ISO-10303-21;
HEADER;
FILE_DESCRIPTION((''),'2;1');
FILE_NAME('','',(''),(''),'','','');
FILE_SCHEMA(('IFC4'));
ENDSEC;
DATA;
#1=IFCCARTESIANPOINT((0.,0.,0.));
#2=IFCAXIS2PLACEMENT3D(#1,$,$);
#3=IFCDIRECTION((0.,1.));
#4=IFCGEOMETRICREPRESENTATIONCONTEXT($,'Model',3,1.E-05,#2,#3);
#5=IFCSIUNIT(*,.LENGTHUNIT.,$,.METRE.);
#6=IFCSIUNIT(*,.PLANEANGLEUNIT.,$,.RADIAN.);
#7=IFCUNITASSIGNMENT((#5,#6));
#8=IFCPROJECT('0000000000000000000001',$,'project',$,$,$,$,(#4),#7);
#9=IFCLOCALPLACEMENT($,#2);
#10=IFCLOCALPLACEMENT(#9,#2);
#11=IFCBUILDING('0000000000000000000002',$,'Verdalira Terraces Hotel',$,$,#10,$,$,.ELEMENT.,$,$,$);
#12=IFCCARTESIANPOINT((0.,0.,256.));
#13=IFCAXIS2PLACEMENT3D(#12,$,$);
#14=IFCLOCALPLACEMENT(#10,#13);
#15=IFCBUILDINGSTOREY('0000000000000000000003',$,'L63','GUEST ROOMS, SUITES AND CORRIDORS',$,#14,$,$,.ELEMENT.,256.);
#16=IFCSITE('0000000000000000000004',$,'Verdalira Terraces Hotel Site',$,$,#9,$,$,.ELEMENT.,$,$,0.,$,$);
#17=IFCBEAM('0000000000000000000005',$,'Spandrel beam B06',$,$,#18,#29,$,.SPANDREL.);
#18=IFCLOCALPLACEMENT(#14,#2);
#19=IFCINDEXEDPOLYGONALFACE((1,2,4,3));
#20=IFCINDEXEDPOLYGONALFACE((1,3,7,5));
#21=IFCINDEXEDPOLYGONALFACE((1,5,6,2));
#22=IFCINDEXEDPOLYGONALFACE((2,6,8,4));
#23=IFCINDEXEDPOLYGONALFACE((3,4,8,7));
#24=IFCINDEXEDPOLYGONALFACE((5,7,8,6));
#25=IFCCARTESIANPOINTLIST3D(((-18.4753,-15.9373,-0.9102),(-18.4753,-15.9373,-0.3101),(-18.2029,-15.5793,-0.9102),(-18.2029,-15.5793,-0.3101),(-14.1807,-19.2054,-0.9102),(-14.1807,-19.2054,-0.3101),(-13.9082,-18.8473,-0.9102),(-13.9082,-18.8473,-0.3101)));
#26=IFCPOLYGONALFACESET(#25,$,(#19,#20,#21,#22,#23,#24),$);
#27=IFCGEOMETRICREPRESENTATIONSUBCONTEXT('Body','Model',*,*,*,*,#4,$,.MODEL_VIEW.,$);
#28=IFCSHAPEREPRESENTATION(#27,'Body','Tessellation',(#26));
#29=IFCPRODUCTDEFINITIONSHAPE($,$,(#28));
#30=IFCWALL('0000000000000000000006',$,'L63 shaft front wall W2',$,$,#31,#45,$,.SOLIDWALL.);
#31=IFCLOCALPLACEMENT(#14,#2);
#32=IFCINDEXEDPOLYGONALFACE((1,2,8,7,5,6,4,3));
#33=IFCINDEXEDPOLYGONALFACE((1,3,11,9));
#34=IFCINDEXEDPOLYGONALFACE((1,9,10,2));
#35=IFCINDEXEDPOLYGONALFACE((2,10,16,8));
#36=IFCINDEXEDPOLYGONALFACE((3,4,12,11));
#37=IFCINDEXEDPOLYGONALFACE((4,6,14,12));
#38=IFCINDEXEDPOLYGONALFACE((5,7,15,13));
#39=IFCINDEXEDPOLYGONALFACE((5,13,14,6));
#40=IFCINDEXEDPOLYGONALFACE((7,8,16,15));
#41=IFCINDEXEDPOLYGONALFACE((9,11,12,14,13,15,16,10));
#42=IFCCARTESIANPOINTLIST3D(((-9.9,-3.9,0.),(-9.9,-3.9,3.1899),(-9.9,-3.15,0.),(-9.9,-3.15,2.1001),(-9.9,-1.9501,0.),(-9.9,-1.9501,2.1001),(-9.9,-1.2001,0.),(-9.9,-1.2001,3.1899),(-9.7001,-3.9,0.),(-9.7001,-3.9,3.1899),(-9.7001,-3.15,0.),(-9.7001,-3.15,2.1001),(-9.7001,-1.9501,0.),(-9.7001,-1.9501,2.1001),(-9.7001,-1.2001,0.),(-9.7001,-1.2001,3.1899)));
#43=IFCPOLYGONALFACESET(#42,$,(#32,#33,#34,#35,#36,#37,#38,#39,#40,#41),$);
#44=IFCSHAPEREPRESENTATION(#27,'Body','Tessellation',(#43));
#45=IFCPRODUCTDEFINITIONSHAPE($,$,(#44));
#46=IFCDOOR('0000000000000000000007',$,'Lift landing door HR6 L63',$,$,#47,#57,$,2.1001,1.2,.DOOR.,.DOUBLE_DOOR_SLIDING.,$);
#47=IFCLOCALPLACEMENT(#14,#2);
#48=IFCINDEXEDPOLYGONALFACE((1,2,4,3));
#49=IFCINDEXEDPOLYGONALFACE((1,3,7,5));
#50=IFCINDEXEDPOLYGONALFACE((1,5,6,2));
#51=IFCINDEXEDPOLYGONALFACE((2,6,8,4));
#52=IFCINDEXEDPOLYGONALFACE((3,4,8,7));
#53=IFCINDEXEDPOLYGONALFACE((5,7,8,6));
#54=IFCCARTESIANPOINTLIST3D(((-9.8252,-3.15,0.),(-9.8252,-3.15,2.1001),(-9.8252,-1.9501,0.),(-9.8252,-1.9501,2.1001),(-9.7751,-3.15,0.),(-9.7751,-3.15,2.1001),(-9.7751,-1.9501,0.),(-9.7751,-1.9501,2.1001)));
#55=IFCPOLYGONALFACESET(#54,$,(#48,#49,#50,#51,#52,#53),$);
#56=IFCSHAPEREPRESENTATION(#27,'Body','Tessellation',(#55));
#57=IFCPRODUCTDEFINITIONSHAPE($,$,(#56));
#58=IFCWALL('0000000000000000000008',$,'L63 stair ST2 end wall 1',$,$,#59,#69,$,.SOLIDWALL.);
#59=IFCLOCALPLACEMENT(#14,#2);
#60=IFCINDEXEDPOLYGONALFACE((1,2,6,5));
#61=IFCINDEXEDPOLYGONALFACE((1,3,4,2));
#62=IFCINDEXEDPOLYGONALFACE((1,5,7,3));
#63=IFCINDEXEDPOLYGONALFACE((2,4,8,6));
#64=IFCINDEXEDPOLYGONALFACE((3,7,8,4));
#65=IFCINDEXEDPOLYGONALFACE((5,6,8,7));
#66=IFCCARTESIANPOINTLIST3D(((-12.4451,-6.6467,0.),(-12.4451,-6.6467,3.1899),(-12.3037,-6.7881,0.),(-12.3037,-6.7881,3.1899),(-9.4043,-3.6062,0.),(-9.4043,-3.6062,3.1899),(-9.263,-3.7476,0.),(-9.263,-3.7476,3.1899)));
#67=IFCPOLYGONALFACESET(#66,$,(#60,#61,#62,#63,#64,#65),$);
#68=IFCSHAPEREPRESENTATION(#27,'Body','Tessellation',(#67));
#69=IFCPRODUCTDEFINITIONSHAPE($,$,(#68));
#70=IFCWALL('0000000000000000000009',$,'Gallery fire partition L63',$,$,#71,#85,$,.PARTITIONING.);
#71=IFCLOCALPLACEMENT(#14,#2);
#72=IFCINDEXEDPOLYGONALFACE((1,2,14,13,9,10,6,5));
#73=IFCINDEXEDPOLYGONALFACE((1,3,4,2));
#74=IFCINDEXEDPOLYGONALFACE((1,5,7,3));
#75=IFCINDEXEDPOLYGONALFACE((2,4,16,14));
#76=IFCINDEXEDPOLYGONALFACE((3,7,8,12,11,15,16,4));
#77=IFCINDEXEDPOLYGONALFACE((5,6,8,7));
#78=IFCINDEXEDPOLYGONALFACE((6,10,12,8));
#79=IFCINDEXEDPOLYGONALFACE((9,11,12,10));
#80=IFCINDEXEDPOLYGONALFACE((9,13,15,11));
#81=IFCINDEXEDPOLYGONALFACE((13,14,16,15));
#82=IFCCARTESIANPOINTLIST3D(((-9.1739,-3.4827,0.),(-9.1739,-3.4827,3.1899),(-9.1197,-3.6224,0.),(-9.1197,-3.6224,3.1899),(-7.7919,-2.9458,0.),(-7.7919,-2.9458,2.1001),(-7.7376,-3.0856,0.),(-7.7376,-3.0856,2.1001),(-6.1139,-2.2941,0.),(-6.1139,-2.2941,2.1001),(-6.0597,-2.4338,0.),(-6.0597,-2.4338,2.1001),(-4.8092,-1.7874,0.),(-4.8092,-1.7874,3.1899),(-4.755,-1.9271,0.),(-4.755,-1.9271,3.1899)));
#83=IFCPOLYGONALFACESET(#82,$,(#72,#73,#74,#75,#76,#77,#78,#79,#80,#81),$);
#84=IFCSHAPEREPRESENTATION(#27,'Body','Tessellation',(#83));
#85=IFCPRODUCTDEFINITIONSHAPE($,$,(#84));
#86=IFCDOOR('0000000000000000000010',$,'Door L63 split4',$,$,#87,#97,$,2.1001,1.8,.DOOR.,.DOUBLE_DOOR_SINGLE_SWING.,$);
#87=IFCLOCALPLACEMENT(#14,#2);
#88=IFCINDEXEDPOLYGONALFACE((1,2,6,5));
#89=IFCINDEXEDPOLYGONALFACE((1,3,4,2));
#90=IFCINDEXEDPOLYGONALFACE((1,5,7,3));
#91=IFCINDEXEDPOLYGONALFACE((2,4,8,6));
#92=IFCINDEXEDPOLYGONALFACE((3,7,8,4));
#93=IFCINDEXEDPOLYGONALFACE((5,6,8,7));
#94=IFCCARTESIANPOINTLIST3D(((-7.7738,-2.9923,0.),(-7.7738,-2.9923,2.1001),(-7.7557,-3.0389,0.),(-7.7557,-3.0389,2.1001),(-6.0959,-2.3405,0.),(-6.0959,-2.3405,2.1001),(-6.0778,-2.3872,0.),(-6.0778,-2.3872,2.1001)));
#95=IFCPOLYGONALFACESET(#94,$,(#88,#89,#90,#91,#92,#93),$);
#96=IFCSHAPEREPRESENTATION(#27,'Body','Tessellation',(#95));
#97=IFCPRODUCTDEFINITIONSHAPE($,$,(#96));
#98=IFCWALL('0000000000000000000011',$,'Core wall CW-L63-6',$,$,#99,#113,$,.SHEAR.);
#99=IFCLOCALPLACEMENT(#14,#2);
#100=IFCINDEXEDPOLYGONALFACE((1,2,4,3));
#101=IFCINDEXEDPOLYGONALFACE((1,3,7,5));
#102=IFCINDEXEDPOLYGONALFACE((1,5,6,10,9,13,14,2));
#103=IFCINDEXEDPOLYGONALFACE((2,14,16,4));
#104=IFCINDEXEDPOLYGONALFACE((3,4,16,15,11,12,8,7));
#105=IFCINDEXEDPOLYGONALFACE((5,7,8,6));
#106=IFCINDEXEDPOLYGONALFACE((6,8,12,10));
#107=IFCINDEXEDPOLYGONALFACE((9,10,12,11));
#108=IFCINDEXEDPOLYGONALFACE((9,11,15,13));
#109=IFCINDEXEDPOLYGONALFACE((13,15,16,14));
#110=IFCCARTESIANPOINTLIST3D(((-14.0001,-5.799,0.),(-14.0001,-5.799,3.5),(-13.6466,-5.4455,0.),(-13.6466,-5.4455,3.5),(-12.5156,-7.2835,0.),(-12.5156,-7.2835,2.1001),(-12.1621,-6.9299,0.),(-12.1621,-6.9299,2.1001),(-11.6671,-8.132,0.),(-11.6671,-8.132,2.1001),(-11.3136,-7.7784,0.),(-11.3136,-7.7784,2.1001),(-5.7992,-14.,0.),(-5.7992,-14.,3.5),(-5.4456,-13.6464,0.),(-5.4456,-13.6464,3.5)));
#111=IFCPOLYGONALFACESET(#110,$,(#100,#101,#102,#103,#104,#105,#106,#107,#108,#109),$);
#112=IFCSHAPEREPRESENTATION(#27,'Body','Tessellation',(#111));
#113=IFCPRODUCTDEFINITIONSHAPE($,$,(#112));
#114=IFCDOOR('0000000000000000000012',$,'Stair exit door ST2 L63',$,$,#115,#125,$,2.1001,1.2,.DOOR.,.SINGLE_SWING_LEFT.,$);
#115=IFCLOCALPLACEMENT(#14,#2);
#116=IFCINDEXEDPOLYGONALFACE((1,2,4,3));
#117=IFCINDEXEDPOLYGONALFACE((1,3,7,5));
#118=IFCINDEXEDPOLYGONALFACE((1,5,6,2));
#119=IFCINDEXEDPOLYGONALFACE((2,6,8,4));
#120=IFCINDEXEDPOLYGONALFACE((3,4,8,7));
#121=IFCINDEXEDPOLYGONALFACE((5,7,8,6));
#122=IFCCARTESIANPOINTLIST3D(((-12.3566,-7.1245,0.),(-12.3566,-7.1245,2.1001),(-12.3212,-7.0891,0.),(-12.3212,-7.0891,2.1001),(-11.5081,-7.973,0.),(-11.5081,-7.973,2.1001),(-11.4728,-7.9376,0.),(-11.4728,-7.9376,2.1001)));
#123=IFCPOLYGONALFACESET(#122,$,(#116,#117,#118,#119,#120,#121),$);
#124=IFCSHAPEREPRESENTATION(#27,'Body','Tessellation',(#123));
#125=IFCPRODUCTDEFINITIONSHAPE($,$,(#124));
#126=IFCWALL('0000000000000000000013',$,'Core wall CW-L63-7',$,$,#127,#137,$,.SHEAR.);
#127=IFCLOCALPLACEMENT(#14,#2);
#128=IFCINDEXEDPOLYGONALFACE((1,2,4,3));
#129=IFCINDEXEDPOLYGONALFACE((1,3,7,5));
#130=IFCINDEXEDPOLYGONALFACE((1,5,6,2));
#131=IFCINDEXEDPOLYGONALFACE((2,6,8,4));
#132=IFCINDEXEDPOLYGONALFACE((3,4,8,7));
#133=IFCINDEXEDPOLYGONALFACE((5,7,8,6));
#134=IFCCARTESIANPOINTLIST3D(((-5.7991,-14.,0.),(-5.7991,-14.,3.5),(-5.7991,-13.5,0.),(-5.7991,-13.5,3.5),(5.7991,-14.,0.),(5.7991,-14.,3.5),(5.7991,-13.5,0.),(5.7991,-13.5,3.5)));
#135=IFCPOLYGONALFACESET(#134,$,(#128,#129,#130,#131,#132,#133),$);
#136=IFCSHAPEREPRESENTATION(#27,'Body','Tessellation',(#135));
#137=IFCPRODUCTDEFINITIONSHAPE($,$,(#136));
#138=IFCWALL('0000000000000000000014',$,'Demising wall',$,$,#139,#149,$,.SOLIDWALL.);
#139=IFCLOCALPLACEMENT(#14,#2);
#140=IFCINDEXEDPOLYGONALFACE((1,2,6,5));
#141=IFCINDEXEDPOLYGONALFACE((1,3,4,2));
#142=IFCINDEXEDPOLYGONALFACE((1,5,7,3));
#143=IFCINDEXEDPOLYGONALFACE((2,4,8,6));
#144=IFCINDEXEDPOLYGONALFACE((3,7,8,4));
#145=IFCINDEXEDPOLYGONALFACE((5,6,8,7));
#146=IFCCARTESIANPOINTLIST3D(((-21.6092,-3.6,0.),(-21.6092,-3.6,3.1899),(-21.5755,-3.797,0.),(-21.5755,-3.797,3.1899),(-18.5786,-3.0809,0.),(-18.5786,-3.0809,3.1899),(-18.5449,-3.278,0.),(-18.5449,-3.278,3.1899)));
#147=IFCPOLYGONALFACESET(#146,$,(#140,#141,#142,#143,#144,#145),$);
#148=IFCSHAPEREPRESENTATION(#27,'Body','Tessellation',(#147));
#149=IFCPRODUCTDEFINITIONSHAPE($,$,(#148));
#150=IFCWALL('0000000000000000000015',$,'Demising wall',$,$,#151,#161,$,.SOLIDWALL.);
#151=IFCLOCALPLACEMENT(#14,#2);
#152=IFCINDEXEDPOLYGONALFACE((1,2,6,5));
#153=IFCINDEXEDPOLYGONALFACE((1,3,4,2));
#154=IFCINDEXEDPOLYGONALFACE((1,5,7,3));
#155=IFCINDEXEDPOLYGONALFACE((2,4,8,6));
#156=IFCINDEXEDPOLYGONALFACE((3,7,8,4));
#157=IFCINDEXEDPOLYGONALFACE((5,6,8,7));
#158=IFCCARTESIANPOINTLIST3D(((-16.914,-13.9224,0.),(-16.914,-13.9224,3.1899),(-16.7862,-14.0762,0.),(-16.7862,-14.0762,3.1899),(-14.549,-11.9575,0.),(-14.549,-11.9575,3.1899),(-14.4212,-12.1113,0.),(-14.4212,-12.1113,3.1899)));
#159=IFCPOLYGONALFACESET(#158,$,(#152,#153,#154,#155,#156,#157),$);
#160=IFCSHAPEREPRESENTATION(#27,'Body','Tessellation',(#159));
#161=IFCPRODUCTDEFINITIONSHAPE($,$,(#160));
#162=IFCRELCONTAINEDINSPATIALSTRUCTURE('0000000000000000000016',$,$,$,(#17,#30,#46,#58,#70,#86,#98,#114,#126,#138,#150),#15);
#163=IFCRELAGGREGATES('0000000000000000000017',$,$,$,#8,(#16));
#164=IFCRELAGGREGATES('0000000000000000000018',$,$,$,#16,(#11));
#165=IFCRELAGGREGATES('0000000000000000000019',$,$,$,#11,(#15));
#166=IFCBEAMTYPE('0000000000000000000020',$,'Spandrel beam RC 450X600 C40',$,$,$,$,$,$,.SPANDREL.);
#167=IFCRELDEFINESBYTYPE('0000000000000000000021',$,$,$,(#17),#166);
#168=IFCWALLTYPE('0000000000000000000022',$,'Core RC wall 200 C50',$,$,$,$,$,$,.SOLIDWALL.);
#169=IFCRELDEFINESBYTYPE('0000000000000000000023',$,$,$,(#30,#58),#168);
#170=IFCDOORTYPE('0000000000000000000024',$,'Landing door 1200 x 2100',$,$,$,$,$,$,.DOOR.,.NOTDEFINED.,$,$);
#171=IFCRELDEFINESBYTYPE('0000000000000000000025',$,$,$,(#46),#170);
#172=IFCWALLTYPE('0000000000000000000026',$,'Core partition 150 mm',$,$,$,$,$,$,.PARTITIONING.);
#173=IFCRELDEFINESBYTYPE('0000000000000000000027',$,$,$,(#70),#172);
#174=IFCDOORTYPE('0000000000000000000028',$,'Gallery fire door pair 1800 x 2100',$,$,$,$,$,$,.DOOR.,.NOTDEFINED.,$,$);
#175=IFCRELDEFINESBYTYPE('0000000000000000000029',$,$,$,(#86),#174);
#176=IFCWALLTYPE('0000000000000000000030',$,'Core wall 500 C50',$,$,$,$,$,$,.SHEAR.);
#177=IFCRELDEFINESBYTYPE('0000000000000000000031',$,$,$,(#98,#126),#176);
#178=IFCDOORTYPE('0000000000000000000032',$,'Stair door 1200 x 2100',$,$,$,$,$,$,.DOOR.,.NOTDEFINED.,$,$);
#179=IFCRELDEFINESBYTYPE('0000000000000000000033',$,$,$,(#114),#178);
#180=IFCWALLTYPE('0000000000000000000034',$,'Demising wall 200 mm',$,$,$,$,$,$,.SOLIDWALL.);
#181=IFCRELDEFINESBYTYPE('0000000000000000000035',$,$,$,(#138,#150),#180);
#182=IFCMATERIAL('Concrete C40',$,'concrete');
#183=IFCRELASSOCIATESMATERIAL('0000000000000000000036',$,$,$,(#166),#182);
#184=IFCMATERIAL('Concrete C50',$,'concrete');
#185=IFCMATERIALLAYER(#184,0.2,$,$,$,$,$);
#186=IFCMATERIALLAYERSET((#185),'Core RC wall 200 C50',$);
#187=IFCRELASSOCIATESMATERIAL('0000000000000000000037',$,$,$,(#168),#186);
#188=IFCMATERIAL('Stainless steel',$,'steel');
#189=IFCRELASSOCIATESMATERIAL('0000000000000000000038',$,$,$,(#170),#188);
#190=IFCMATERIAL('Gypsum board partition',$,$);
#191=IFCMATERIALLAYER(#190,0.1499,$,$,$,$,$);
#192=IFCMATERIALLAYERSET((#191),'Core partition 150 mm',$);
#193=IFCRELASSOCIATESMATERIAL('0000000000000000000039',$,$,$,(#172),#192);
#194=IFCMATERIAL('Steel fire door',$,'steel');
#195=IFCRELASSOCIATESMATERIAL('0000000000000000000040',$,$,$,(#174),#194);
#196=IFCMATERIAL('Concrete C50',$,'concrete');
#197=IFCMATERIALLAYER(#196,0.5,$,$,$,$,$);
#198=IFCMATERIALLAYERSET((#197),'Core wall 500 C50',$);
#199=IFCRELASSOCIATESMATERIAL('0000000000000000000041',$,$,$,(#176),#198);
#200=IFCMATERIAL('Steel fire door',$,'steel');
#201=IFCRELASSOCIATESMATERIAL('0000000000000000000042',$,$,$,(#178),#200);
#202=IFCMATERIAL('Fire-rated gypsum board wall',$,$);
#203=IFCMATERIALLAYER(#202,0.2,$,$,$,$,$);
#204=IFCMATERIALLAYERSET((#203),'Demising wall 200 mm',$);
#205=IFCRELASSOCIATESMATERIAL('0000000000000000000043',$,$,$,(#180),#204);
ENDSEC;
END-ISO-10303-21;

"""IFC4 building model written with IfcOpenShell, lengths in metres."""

from ifc_helpers import new_model, si_unit, direction, frame, frame_2d, origin, origin_2d, place, context, subcontext, project, spatial, rectangle, extrude, material, layer, layer_set, material_profile, profile_set, type_object, element, fill, save


model = new_model("IFC4")

# Units and contexts
model_context = context("Model", 3, precision=1e-05, world=origin(), true_north=direction((0.0, 1.0)))
body_context = subcontext(model_context, "Body", "Model", "MODEL_VIEW")
ifc_project = project(units=[si_unit("LENGTHUNIT", "METRE"), si_unit("PLANEANGLEUNIT", "RADIAN")], contexts=[model_context])

# Site, building, storey
site_placement = place(None, origin())
site = spatial("IfcSite", under=ifc_project, at=site_placement, Name="Verdalira Terraces Hotel Site", CompositionType="ELEMENT", RefElevation=0.0)
building_placement = place(site_placement, origin())
building = spatial("IfcBuilding", under=site, at=building_placement, Name="Verdalira Terraces Hotel", CompositionType="ELEMENT")
storey_placement = place(building_placement, frame((0.0, 0.0, 256.0)))
storey = spatial("IfcBuildingStorey", under=building, at=storey_placement, Name="L63", Description="GUEST ROOMS, SUITES AND CORRIDORS", CompositionType="ELEMENT", Elevation=256.0)

# Beam
ifc_material_1 = material(Name="Concrete C40", Category="concrete")
ifc_material_profile = material_profile(ifc_material_1, rectangle(XDim=0.45, YDim=0.6001, at=origin_2d()), Name="RC 450X600")
ifc_profile_set = profile_set([ifc_material_profile], Name="Concrete C40")
beam_type = type_object("IfcBeamType", Name="Spandrel beam RC 450X600 C40", PredefinedType="SPANDREL", material=ifc_profile_set)
beam_placement = place(storey_placement, frame((-18.3391, -15.7583, -0.6101), z_axis=(0.795795, -0.605566, 0.0), x_axis=(0.605566, 0.795795, 0.0)))
element("IfcBeam", 1, at=beam_placement, inside=storey, type_object=beam_type, Name="Spandrel beam B06", PredefinedType="SPANDREL", context=body_context, shape_type="SweptSolid", body=[
    extrude(rectangle(XDim=0.45, YDim=0.6001, at=origin_2d()), origin(), (0.0, 0.0, 1.0), 5.3967),
])

# Wall, opening, door
ifc_material_2 = material(Name="Concrete C50", Category="concrete")
ifc_layer_1 = layer(ifc_material_2, 0.2)
ifc_layer_set_1 = layer_set([ifc_layer_1], Name="Core RC wall 200 C50")
wall_type_1 = type_object("IfcWallType", Name="Core RC wall 200 C50", PredefinedType="SOLIDWALL", material=ifc_layer_set_1)
wall_1_placement = place(storey_placement, frame((-9.8, -1.2, 0.0), z_axis=(0.0, 0.0, 1.0), x_axis=(0.0, -1.0, 0.0)))
wall_1 = element("IfcWall", 2, at=wall_1_placement, inside=storey, type_object=wall_type_1, Name="L63 shaft front wall W2", PredefinedType="SOLIDWALL", context=body_context, shape_type="SweptSolid", body=[
    extrude(rectangle(XDim=2.7, YDim=0.2, at=frame_2d((1.3501, 0.0))), origin(), (0.0, 0.0, 1.0), 3.1899),
])
opening_1_placement = place(wall_1_placement, frame((0.75, 0.0, 0.0)))
opening_1 = element("IfcOpeningElement", 3, at=opening_1_placement, cuts=wall_1, PredefinedType="OPENING", context=body_context, shape_type="SweptSolid", body=[
    extrude(rectangle(XDim=1.2, YDim=2.1001, at=frame_2d((0.6001, 1.05))), frame((0.0, 0.1099, 0.0), z_axis=(0.0, -1.0, 0.0), x_axis=(1.0, 0.0, 0.0)), (0.0, 0.0, 1.0), 0.22),
])
ifc_material_3 = material(Name="Stainless steel", Category="steel")
door_type_1 = type_object("IfcDoorType", Name="Landing door 1200 x 2100", OperationType="NOTDEFINED", PredefinedType="DOOR", material=ifc_material_3)
door_1_placement = place(opening_1_placement, origin())
door_1 = element("IfcDoor", 4, at=door_1_placement, inside=storey, type_object=door_type_1, Name="Lift landing door HR6 L63", OperationType="DOUBLE_DOOR_SLIDING", OverallHeight=2.1001, OverallWidth=1.2, PredefinedType="DOOR", context=body_context, shape_type="SweptSolid", body=[
    extrude(rectangle(XDim=1.2, YDim=2.1001, at=frame_2d((0.6001, 1.05))), frame((0.0, 0.0249, 0.0), z_axis=(0.0, -1.0, 0.0), x_axis=(1.0, 0.0, 0.0)), (0.0, 0.0, 1.0), 0.05),
])
fill(opening_1, door_1)

# Wall
wall_2_placement = place(storey_placement, frame((-9.3337, -3.677, 0.0), z_axis=(0.0, 0.0, 1.0), x_axis=(-0.707135, -0.707078, 0.0)))
element("IfcWall", 5, at=wall_2_placement, inside=storey, type_object=wall_type_1, Name="L63 stair ST2 end wall 1", PredefinedType="SOLIDWALL", context=body_context, shape_type="SweptSolid", body=[
    extrude(rectangle(XDim=4.3, YDim=0.2, at=frame_2d((2.1499, 0.0))), origin(), (0.0, 0.0, 1.0), 3.1899),
])

# Walls, openings, doors
ifc_material_4 = material(Name="Gypsum board partition")
ifc_layer_2 = layer(ifc_material_4, 0.1499)
ifc_layer_set_2 = layer_set([ifc_layer_2], Name="Core partition 150 mm")
wall_type_2 = type_object("IfcWallType", Name="Core partition 150 mm", PredefinedType="PARTITIONING", material=ifc_layer_set_2)
wall_3_placement = place(storey_placement, frame((-4.782, -1.8572, 0.0), z_axis=(0.0, 0.0, 1.0), x_axis=(-0.932155, -0.362059, 0.0)))
wall_3 = element("IfcWall", 6, at=wall_3_placement, inside=storey, type_object=wall_type_2, Name="Gallery fire partition L63", PredefinedType="PARTITIONING", context=body_context, shape_type="SweptSolid", body=[
    extrude(rectangle(XDim=4.6824, YDim=0.1499, at=frame_2d((2.3413, 0.0))), origin(), (0.0, 0.0, 1.0), 3.1899),
])
opening_2_placement = place(wall_3_placement, frame((1.3999, 0.0, 0.0)))
opening_2 = element("IfcOpeningElement", 7, at=opening_2_placement, cuts=wall_3, PredefinedType="OPENING", context=body_context, shape_type="SweptSolid", body=[
    extrude(rectangle(XDim=1.8, YDim=2.1001, at=frame_2d((0.8999, 1.05))), frame((0.0, 0.085, 0.0), z_axis=(0.0, -1.0, 0.0), x_axis=(1.0, 0.0, 0.0)), (0.0, 0.0, 1.0), 0.1699),
])
ifc_material_5 = material(Name="Steel fire door", Category="steel")
door_type_2 = type_object("IfcDoorType", Name="Gallery fire door pair 1800 x 2100", OperationType="NOTDEFINED", PredefinedType="DOOR", material=ifc_material_5)
door_2_placement = place(opening_2_placement, origin())
door_2 = element("IfcDoor", 8, at=door_2_placement, inside=storey, type_object=door_type_2, Name="Door L63 split4", OperationType="DOUBLE_DOOR_SINGLE_SWING", OverallHeight=2.1001, OverallWidth=1.8, PredefinedType="DOOR", context=body_context, shape_type="SweptSolid", body=[
    extrude(rectangle(XDim=1.8, YDim=2.1001, at=frame_2d((0.8999, 1.05))), frame((0.0, 0.0249, 0.0), z_axis=(0.0, -1.0, 0.0), x_axis=(1.0, 0.0, 0.0)), (0.0, 0.0, 1.0), 0.05),
])
fill(opening_2, door_2)
ifc_material_6 = material(Name="Concrete C50", Category="concrete")
ifc_layer_3 = layer(ifc_material_6, 0.5)
ifc_layer_set_3 = layer_set([ifc_layer_3], Name="Core wall 500 C50")
wall_type_3 = type_object("IfcWallType", Name="Core wall 500 C50", PredefinedType="SHEAR", material=ifc_layer_set_3)
wall_4_placement = place(storey_placement, frame((-13.8232, -5.6223, 0.0), z_axis=(0.0, 0.0, 1.0), x_axis=(0.707107, -0.707107, 0.0)))
wall_4 = element("IfcWall", 9, at=wall_4_placement, inside=storey, type_object=wall_type_3, Name="Core wall CW-L63-6", PredefinedType="SHEAR", context=body_context, shape_type="SweptSolid", body=[
    extrude(rectangle(XDim=11.5979, YDim=0.5, at=frame_2d((5.7988, 0.0))), origin(), (0.0, 0.0, 1.0), 3.5),
])
opening_3_placement = place(wall_4_placement, frame((2.0991, 0.0, 0.0)))
opening_3 = element("IfcOpeningElement", 10, at=opening_3_placement, cuts=wall_4, PredefinedType="OPENING", context=body_context, shape_type="SweptSolid", body=[
    extrude(rectangle(XDim=1.2, YDim=2.1001, at=frame_2d((0.6001, 1.05))), frame((0.0, 0.26, 0.0), z_axis=(0.0, -1.0, 0.0), x_axis=(1.0, 0.0, 0.0)), (0.0, 0.0, 1.0), 0.52),
])
ifc_material_7 = material(Name="Steel fire door", Category="steel")
door_type_3 = type_object("IfcDoorType", Name="Stair door 1200 x 2100", OperationType="NOTDEFINED", PredefinedType="DOOR", material=ifc_material_7)
door_3_placement = place(opening_3_placement, origin())
door_3 = element("IfcDoor", 11, at=door_3_placement, inside=storey, type_object=door_type_3, Name="Stair exit door ST2 L63", OperationType="SINGLE_SWING_LEFT", OverallHeight=2.1001, OverallWidth=1.2, PredefinedType="DOOR", context=body_context, shape_type="SweptSolid", body=[
    extrude(rectangle(XDim=1.2, YDim=2.1001, at=frame_2d((0.6001, 1.05))), frame((0.0, 0.0249, 0.0), z_axis=(0.0, -1.0, 0.0), x_axis=(1.0, 0.0, 0.0)), (0.0, 0.0, 1.0), 0.05),
])
fill(opening_3, door_3)

# Walls
wall_5_placement = place(storey_placement, frame((-5.7991, -13.75, 0.0), z_axis=(0.0, 0.0, 1.0), x_axis=(1.0, 0.0, 0.0)))
element("IfcWall", 12, at=wall_5_placement, inside=storey, type_object=wall_type_3, Name="Core wall CW-L63-7", PredefinedType="SHEAR", context=body_context, shape_type="SweptSolid", body=[
    extrude(rectangle(XDim=11.5981, YDim=0.5, at=frame_2d((5.7991, 0.0))), origin(), (0.0, 0.0, 1.0), 3.5),
])
ifc_material_8 = material(Name="Fire-rated gypsum board wall")
ifc_layer_4 = layer(ifc_material_8, 0.2)
ifc_layer_set_4 = layer_set([ifc_layer_4], Name="Demising wall 200 mm")
wall_type_4 = type_object("IfcWallType", Name="Demising wall 200 mm", PredefinedType="SOLIDWALL", material=ifc_layer_set_4)
for number, where, z_axis, x_axis, name in (
    (13, (-18.5618, -3.1794, 0.0), (0.0, 0.0, 1.0), (-0.985648, -0.168814, 0.0), "Demising wall"),
    (14, (-14.4851, -12.0344, 0.0), (0.0, 0.0, 1.0), (-0.769177, -0.639036, 0.0), "Demising wall"),
):
    element("IfcWall", number, at=place(storey_placement, frame(where, z_axis=z_axis, x_axis=x_axis)), inside=storey, type_object=wall_type_4, Name=name, PredefinedType="SOLIDWALL", context=body_context, shape_type="SweptSolid", body=[
        extrude(rectangle(XDim=3.0747, YDim=0.2, at=frame_2d((1.5374, 0.0))), origin(), (0.0, 0.0, 1.0), 3.1899),
    ])

save(model, "model.ifc")
